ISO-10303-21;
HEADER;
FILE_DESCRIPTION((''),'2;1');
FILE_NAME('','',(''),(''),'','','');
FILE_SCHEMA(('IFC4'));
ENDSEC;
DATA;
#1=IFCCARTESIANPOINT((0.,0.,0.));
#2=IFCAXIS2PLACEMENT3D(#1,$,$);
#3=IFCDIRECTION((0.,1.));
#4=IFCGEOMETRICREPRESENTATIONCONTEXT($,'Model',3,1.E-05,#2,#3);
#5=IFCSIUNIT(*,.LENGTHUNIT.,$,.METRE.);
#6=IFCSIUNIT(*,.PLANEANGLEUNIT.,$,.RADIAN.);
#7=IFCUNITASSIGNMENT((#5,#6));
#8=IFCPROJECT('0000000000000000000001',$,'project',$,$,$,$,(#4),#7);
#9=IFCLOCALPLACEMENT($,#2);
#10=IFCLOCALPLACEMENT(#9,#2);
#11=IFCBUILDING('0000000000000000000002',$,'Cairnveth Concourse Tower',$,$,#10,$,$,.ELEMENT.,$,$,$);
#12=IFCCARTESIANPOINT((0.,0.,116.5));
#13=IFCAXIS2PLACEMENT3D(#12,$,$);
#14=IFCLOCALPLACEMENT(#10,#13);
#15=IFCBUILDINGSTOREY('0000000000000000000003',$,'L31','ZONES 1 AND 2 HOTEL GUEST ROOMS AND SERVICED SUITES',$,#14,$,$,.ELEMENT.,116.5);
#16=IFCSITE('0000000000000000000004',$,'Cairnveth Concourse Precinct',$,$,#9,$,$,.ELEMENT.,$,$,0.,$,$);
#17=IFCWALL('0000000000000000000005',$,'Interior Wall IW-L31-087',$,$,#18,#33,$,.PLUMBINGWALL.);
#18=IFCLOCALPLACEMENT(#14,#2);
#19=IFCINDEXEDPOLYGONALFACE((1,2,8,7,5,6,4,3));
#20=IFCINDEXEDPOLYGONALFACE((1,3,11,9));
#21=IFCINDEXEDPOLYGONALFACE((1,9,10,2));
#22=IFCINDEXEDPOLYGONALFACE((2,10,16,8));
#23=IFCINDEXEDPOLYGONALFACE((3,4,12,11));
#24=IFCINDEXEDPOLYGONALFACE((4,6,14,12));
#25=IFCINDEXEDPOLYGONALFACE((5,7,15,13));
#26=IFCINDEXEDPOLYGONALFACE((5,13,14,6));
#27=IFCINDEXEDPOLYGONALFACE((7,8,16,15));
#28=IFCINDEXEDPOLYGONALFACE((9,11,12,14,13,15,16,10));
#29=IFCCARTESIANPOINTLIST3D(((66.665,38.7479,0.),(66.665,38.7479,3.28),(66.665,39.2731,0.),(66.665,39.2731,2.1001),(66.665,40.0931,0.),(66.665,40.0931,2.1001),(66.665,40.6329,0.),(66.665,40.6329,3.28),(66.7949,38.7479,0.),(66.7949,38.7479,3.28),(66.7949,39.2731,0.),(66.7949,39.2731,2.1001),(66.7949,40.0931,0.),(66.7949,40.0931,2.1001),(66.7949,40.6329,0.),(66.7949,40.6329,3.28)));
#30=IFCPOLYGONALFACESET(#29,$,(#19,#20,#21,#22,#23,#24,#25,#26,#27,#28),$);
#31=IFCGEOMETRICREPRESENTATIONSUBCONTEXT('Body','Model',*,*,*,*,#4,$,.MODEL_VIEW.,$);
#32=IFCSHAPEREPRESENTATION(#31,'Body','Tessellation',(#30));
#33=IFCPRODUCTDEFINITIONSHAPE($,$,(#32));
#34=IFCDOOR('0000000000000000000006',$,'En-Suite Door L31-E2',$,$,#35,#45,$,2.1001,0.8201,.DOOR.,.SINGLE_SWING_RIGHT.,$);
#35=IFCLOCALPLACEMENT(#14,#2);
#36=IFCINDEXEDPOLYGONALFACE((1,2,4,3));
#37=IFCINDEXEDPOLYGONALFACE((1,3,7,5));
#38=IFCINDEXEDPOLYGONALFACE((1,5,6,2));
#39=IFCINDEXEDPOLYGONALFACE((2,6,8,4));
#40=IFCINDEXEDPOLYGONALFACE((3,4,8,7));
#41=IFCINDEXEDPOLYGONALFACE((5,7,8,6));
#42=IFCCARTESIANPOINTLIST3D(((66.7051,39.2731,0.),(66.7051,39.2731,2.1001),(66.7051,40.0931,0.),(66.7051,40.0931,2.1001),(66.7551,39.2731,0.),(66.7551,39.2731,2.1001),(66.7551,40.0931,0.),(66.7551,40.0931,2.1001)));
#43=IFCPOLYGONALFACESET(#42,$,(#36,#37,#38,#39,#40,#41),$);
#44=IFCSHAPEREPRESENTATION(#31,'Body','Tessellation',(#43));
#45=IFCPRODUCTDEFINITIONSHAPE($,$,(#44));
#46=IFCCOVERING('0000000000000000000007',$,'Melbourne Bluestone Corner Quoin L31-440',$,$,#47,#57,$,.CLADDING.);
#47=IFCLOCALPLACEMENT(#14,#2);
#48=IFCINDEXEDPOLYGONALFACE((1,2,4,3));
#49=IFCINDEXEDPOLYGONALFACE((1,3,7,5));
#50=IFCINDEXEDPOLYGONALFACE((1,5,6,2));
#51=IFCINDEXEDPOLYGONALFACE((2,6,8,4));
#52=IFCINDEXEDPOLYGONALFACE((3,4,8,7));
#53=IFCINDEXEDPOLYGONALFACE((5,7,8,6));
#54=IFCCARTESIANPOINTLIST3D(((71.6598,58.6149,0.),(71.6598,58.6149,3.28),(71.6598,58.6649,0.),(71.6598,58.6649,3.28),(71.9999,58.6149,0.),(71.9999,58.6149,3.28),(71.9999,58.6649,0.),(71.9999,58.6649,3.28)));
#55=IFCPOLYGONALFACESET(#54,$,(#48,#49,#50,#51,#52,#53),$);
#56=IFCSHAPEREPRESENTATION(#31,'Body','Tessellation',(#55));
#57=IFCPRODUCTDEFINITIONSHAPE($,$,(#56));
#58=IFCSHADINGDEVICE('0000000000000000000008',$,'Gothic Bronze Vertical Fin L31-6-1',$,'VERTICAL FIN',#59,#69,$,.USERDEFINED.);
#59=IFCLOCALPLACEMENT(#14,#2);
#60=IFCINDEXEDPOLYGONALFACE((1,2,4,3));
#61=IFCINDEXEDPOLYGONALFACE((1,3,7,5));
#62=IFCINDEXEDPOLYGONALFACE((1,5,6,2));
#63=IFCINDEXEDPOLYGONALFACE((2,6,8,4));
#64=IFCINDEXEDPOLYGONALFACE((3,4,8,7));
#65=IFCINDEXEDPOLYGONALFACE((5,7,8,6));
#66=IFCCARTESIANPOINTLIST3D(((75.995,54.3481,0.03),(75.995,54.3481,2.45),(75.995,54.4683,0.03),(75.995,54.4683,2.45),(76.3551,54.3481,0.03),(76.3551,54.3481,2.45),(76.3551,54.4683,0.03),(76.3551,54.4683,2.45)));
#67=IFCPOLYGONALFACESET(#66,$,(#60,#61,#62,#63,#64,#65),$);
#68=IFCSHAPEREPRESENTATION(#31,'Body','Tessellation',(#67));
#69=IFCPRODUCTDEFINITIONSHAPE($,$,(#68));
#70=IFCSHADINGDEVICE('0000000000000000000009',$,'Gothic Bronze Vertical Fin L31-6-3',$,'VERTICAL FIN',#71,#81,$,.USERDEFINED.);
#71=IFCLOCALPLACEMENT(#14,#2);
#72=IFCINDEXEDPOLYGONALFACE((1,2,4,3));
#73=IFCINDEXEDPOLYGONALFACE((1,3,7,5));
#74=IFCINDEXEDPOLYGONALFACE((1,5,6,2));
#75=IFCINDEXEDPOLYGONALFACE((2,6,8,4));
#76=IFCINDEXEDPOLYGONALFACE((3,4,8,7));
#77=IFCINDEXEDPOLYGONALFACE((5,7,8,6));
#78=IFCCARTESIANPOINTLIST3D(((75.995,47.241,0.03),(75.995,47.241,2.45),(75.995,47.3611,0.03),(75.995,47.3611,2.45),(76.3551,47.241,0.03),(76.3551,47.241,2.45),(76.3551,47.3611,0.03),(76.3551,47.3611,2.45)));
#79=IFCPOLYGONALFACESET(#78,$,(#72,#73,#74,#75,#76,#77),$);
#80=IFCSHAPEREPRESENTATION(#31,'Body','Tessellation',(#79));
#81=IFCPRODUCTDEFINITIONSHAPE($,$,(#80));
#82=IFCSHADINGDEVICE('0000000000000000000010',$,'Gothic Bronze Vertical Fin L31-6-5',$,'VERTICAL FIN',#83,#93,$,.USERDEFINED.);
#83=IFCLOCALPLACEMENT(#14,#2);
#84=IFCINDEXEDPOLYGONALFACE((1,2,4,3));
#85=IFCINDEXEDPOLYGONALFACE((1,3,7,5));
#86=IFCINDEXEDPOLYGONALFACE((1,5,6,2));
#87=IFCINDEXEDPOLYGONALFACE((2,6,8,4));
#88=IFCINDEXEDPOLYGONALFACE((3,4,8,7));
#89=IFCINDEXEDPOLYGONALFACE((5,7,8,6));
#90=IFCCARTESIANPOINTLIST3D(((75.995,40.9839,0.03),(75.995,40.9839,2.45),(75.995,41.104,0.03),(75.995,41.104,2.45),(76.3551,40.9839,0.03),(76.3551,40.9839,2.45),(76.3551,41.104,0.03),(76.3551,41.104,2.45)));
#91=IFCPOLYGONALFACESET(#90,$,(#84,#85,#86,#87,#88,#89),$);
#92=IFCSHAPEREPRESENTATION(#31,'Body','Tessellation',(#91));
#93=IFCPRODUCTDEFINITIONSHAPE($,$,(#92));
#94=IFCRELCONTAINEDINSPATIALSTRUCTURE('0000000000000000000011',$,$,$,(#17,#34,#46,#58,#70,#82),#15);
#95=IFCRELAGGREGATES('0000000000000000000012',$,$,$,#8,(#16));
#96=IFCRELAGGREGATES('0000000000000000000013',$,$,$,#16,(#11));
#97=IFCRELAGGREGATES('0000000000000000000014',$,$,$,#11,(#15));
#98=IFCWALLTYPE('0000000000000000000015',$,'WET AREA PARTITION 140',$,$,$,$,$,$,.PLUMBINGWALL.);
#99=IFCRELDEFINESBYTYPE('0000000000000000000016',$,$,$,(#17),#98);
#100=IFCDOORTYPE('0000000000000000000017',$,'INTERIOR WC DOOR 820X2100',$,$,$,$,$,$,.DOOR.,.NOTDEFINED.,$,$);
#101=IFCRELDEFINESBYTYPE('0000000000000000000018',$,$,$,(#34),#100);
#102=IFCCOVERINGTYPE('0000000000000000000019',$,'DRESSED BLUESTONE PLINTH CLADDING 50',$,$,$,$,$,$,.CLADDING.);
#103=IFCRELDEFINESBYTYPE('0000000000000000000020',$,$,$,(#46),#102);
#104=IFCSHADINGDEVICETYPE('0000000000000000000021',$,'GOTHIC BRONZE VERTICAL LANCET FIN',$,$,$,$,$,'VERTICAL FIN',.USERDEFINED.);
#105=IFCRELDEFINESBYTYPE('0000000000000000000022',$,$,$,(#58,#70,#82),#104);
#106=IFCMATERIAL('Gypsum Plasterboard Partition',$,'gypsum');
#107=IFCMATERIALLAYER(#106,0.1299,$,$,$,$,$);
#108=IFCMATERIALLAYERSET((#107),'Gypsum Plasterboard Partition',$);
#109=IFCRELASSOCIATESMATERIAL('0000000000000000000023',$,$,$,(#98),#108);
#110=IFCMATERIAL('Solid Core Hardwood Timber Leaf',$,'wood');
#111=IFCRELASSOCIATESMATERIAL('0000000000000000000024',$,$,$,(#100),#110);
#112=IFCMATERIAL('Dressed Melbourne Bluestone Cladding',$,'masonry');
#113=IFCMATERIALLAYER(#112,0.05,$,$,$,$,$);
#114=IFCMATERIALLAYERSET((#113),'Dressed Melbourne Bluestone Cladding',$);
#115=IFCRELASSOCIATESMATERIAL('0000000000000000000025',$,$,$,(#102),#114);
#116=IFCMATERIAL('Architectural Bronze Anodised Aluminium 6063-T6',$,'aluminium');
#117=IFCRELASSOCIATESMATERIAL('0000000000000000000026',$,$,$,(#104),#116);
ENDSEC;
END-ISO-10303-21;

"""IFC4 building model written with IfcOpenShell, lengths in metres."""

from ifc_helpers import new_model, si_unit, direction, frame, frame_2d, origin, origin_2d, place, context, subcontext, project, spatial, rectangle, extrude, material, layer, layer_set, type_object, element, fill, save


model = new_model("IFC4")

# Units and contexts
model_context = context("Model", 3, precision=1e-05, world=origin(), true_north=direction((0.0, 1.0)))
body_context = subcontext(model_context, "Body", "Model", "MODEL_VIEW")
ifc_project = project(units=[si_unit("LENGTHUNIT", "METRE"), si_unit("PLANEANGLEUNIT", "RADIAN")], contexts=[model_context])

# Site, building, storey
site_placement = place(None, origin())
site = spatial("IfcSite", under=ifc_project, at=site_placement, Name="Cairnveth Concourse Precinct", CompositionType="ELEMENT", RefElevation=0.0)
building_placement = place(site_placement, origin())
building = spatial("IfcBuilding", under=site, at=building_placement, Name="Cairnveth Concourse Tower", CompositionType="ELEMENT")
storey_placement = place(building_placement, frame((0.0, 0.0, 116.5)))
storey = spatial("IfcBuildingStorey", under=building, at=storey_placement, Name="L31", Description="ZONES 1 AND 2 HOTEL GUEST ROOMS AND SERVICED SUITES", CompositionType="ELEMENT", Elevation=116.5)

# Shared definitions
ifc_material_1 = material(Name="Gypsum Plasterboard Partition", Category="gypsum")

# Shared definitions
ifc_layer_1 = layer(ifc_material_1, 0.1299)
ifc_layer_set_1 = layer_set([ifc_layer_1], Name="Gypsum Plasterboard Partition")
wall_type_1 = type_object("IfcWallType", Name="WET AREA PARTITION 140", PredefinedType="PLUMBINGWALL", material=ifc_layer_set_1)

# Wall, opening, door
wall_1_placement = place(storey_placement, frame((66.73, 38.748, 0.0), z_axis=(0.0, 0.0, 1.0), x_axis=(0.0, 1.0, 0.0)))
wall_1 = element("IfcWall", 1, at=wall_1_placement, inside=storey, type_object=wall_type_1, Name="Interior Wall IW-L31-087", PredefinedType="PLUMBINGWALL", context=body_context, shape_type="SweptSolid", body=[
    extrude(rectangle(XDim=1.885, YDim=0.1299, at=frame_2d((0.9424, 0.0))), origin(), (0.0, 0.0, 1.0), 3.28),
])
opening_1_placement = place(wall_1_placement, frame((0.5249, 0.0, 0.0)))
opening_1 = element("IfcOpeningElement", 2, at=opening_1_placement, cuts=wall_1, PredefinedType="OPENING", context=body_context, shape_type="SweptSolid", body=[
    extrude(rectangle(XDim=0.8201, YDim=2.1001, at=frame_2d((0.4102, 1.05))), frame((0.0, 0.075, 0.0), z_axis=(0.0, -1.0, 0.0), x_axis=(1.0, 0.0, 0.0)), (0.0, 0.0, 1.0), 0.1499),
])
ifc_material_2 = material(Name="Solid Core Hardwood Timber Leaf", Category="wood")
door_type_1 = type_object("IfcDoorType", Name="INTERIOR WC DOOR 820X2100", OperationType="NOTDEFINED", PredefinedType="DOOR", material=ifc_material_2)
door_1_placement = place(opening_1_placement, origin())
door_1 = element("IfcDoor", 3, at=door_1_placement, inside=storey, type_object=door_type_1, Name="En-Suite Door L31-E2", OperationType="SINGLE_SWING_RIGHT", OverallHeight=2.1001, OverallWidth=0.8201, PredefinedType="DOOR", context=body_context, shape_type="SweptSolid", body=[
    extrude(rectangle(XDim=0.8201, YDim=2.1001, at=frame_2d((0.4102, 1.05))), frame((0.0, 0.0249, 0.0), z_axis=(0.0, -1.0, 0.0), x_axis=(1.0, 0.0, 0.0)), (0.0, 0.0, 1.0), 0.05),
])
fill(opening_1, door_1)

# Covering
ifc_material_3 = material(Name="Dressed Melbourne Bluestone Cladding", Category="masonry")
ifc_layer_2 = layer(ifc_material_3, 0.05)
ifc_layer_set_2 = layer_set([ifc_layer_2], Name="Dressed Melbourne Bluestone Cladding")
covering_type = type_object("IfcCoveringType", Name="DRESSED BLUESTONE PLINTH CLADDING 50", PredefinedType="CLADDING", material=ifc_layer_set_2)
covering_placement = place(storey_placement, frame((71.6599, 58.6399, 0.0), z_axis=(0.0, 0.0, 1.0), x_axis=(1.0, 0.0, 0.0)))
element("IfcCovering", 4, at=covering_placement, inside=storey, type_object=covering_type, Name="Melbourne Bluestone Corner Quoin L31-440", PredefinedType="CLADDING", context=body_context, shape_type="SweptSolid", body=[
    extrude(rectangle(XDim=0.3401, YDim=0.05, at=frame_2d((0.1699, 0.0))), origin(), (0.0, 0.0, 1.0), 3.28),
])

# Shading devices
ifc_material_4 = material(Name="Architectural Bronze Anodised Aluminium 6063-T6", Category="aluminium")
shading_device_type = type_object("IfcShadingDeviceType", Name="GOTHIC BRONZE VERTICAL LANCET FIN", ElementType="VERTICAL FIN", PredefinedType="USERDEFINED", material=ifc_material_4)
for number, where, z_axis, x_axis, name in (
    (5, (76.175, 54.4082, 0.03), (0.0, 0.0, 1.0), (0.0, 1.0, 0.0), "Gothic Bronze Vertical Fin L31-6-1"),
    (6, (76.175, 47.301, 0.03), (0.0, 0.0, 1.0), (0.0, 1.0, 0.0), "Gothic Bronze Vertical Fin L31-6-3"),
    (7, (76.175, 41.0439, 0.03), (0.0, 0.0, 1.0), (0.0, 1.0, 0.0), "Gothic Bronze Vertical Fin L31-6-5"),
):
    element("IfcShadingDevice", number, at=place(storey_placement, frame(where, z_axis=z_axis, x_axis=x_axis)), inside=storey, type_object=shading_device_type, Name=name, ObjectType="VERTICAL FIN", PredefinedType="USERDEFINED", context=body_context, shape_type="SweptSolid", body=[
        extrude(rectangle(XDim=0.1201, YDim=0.3601, at=origin_2d()), origin(), (0.0, 0.0, 1.0), 2.4199),
    ])

save(model, "model.ifc")
